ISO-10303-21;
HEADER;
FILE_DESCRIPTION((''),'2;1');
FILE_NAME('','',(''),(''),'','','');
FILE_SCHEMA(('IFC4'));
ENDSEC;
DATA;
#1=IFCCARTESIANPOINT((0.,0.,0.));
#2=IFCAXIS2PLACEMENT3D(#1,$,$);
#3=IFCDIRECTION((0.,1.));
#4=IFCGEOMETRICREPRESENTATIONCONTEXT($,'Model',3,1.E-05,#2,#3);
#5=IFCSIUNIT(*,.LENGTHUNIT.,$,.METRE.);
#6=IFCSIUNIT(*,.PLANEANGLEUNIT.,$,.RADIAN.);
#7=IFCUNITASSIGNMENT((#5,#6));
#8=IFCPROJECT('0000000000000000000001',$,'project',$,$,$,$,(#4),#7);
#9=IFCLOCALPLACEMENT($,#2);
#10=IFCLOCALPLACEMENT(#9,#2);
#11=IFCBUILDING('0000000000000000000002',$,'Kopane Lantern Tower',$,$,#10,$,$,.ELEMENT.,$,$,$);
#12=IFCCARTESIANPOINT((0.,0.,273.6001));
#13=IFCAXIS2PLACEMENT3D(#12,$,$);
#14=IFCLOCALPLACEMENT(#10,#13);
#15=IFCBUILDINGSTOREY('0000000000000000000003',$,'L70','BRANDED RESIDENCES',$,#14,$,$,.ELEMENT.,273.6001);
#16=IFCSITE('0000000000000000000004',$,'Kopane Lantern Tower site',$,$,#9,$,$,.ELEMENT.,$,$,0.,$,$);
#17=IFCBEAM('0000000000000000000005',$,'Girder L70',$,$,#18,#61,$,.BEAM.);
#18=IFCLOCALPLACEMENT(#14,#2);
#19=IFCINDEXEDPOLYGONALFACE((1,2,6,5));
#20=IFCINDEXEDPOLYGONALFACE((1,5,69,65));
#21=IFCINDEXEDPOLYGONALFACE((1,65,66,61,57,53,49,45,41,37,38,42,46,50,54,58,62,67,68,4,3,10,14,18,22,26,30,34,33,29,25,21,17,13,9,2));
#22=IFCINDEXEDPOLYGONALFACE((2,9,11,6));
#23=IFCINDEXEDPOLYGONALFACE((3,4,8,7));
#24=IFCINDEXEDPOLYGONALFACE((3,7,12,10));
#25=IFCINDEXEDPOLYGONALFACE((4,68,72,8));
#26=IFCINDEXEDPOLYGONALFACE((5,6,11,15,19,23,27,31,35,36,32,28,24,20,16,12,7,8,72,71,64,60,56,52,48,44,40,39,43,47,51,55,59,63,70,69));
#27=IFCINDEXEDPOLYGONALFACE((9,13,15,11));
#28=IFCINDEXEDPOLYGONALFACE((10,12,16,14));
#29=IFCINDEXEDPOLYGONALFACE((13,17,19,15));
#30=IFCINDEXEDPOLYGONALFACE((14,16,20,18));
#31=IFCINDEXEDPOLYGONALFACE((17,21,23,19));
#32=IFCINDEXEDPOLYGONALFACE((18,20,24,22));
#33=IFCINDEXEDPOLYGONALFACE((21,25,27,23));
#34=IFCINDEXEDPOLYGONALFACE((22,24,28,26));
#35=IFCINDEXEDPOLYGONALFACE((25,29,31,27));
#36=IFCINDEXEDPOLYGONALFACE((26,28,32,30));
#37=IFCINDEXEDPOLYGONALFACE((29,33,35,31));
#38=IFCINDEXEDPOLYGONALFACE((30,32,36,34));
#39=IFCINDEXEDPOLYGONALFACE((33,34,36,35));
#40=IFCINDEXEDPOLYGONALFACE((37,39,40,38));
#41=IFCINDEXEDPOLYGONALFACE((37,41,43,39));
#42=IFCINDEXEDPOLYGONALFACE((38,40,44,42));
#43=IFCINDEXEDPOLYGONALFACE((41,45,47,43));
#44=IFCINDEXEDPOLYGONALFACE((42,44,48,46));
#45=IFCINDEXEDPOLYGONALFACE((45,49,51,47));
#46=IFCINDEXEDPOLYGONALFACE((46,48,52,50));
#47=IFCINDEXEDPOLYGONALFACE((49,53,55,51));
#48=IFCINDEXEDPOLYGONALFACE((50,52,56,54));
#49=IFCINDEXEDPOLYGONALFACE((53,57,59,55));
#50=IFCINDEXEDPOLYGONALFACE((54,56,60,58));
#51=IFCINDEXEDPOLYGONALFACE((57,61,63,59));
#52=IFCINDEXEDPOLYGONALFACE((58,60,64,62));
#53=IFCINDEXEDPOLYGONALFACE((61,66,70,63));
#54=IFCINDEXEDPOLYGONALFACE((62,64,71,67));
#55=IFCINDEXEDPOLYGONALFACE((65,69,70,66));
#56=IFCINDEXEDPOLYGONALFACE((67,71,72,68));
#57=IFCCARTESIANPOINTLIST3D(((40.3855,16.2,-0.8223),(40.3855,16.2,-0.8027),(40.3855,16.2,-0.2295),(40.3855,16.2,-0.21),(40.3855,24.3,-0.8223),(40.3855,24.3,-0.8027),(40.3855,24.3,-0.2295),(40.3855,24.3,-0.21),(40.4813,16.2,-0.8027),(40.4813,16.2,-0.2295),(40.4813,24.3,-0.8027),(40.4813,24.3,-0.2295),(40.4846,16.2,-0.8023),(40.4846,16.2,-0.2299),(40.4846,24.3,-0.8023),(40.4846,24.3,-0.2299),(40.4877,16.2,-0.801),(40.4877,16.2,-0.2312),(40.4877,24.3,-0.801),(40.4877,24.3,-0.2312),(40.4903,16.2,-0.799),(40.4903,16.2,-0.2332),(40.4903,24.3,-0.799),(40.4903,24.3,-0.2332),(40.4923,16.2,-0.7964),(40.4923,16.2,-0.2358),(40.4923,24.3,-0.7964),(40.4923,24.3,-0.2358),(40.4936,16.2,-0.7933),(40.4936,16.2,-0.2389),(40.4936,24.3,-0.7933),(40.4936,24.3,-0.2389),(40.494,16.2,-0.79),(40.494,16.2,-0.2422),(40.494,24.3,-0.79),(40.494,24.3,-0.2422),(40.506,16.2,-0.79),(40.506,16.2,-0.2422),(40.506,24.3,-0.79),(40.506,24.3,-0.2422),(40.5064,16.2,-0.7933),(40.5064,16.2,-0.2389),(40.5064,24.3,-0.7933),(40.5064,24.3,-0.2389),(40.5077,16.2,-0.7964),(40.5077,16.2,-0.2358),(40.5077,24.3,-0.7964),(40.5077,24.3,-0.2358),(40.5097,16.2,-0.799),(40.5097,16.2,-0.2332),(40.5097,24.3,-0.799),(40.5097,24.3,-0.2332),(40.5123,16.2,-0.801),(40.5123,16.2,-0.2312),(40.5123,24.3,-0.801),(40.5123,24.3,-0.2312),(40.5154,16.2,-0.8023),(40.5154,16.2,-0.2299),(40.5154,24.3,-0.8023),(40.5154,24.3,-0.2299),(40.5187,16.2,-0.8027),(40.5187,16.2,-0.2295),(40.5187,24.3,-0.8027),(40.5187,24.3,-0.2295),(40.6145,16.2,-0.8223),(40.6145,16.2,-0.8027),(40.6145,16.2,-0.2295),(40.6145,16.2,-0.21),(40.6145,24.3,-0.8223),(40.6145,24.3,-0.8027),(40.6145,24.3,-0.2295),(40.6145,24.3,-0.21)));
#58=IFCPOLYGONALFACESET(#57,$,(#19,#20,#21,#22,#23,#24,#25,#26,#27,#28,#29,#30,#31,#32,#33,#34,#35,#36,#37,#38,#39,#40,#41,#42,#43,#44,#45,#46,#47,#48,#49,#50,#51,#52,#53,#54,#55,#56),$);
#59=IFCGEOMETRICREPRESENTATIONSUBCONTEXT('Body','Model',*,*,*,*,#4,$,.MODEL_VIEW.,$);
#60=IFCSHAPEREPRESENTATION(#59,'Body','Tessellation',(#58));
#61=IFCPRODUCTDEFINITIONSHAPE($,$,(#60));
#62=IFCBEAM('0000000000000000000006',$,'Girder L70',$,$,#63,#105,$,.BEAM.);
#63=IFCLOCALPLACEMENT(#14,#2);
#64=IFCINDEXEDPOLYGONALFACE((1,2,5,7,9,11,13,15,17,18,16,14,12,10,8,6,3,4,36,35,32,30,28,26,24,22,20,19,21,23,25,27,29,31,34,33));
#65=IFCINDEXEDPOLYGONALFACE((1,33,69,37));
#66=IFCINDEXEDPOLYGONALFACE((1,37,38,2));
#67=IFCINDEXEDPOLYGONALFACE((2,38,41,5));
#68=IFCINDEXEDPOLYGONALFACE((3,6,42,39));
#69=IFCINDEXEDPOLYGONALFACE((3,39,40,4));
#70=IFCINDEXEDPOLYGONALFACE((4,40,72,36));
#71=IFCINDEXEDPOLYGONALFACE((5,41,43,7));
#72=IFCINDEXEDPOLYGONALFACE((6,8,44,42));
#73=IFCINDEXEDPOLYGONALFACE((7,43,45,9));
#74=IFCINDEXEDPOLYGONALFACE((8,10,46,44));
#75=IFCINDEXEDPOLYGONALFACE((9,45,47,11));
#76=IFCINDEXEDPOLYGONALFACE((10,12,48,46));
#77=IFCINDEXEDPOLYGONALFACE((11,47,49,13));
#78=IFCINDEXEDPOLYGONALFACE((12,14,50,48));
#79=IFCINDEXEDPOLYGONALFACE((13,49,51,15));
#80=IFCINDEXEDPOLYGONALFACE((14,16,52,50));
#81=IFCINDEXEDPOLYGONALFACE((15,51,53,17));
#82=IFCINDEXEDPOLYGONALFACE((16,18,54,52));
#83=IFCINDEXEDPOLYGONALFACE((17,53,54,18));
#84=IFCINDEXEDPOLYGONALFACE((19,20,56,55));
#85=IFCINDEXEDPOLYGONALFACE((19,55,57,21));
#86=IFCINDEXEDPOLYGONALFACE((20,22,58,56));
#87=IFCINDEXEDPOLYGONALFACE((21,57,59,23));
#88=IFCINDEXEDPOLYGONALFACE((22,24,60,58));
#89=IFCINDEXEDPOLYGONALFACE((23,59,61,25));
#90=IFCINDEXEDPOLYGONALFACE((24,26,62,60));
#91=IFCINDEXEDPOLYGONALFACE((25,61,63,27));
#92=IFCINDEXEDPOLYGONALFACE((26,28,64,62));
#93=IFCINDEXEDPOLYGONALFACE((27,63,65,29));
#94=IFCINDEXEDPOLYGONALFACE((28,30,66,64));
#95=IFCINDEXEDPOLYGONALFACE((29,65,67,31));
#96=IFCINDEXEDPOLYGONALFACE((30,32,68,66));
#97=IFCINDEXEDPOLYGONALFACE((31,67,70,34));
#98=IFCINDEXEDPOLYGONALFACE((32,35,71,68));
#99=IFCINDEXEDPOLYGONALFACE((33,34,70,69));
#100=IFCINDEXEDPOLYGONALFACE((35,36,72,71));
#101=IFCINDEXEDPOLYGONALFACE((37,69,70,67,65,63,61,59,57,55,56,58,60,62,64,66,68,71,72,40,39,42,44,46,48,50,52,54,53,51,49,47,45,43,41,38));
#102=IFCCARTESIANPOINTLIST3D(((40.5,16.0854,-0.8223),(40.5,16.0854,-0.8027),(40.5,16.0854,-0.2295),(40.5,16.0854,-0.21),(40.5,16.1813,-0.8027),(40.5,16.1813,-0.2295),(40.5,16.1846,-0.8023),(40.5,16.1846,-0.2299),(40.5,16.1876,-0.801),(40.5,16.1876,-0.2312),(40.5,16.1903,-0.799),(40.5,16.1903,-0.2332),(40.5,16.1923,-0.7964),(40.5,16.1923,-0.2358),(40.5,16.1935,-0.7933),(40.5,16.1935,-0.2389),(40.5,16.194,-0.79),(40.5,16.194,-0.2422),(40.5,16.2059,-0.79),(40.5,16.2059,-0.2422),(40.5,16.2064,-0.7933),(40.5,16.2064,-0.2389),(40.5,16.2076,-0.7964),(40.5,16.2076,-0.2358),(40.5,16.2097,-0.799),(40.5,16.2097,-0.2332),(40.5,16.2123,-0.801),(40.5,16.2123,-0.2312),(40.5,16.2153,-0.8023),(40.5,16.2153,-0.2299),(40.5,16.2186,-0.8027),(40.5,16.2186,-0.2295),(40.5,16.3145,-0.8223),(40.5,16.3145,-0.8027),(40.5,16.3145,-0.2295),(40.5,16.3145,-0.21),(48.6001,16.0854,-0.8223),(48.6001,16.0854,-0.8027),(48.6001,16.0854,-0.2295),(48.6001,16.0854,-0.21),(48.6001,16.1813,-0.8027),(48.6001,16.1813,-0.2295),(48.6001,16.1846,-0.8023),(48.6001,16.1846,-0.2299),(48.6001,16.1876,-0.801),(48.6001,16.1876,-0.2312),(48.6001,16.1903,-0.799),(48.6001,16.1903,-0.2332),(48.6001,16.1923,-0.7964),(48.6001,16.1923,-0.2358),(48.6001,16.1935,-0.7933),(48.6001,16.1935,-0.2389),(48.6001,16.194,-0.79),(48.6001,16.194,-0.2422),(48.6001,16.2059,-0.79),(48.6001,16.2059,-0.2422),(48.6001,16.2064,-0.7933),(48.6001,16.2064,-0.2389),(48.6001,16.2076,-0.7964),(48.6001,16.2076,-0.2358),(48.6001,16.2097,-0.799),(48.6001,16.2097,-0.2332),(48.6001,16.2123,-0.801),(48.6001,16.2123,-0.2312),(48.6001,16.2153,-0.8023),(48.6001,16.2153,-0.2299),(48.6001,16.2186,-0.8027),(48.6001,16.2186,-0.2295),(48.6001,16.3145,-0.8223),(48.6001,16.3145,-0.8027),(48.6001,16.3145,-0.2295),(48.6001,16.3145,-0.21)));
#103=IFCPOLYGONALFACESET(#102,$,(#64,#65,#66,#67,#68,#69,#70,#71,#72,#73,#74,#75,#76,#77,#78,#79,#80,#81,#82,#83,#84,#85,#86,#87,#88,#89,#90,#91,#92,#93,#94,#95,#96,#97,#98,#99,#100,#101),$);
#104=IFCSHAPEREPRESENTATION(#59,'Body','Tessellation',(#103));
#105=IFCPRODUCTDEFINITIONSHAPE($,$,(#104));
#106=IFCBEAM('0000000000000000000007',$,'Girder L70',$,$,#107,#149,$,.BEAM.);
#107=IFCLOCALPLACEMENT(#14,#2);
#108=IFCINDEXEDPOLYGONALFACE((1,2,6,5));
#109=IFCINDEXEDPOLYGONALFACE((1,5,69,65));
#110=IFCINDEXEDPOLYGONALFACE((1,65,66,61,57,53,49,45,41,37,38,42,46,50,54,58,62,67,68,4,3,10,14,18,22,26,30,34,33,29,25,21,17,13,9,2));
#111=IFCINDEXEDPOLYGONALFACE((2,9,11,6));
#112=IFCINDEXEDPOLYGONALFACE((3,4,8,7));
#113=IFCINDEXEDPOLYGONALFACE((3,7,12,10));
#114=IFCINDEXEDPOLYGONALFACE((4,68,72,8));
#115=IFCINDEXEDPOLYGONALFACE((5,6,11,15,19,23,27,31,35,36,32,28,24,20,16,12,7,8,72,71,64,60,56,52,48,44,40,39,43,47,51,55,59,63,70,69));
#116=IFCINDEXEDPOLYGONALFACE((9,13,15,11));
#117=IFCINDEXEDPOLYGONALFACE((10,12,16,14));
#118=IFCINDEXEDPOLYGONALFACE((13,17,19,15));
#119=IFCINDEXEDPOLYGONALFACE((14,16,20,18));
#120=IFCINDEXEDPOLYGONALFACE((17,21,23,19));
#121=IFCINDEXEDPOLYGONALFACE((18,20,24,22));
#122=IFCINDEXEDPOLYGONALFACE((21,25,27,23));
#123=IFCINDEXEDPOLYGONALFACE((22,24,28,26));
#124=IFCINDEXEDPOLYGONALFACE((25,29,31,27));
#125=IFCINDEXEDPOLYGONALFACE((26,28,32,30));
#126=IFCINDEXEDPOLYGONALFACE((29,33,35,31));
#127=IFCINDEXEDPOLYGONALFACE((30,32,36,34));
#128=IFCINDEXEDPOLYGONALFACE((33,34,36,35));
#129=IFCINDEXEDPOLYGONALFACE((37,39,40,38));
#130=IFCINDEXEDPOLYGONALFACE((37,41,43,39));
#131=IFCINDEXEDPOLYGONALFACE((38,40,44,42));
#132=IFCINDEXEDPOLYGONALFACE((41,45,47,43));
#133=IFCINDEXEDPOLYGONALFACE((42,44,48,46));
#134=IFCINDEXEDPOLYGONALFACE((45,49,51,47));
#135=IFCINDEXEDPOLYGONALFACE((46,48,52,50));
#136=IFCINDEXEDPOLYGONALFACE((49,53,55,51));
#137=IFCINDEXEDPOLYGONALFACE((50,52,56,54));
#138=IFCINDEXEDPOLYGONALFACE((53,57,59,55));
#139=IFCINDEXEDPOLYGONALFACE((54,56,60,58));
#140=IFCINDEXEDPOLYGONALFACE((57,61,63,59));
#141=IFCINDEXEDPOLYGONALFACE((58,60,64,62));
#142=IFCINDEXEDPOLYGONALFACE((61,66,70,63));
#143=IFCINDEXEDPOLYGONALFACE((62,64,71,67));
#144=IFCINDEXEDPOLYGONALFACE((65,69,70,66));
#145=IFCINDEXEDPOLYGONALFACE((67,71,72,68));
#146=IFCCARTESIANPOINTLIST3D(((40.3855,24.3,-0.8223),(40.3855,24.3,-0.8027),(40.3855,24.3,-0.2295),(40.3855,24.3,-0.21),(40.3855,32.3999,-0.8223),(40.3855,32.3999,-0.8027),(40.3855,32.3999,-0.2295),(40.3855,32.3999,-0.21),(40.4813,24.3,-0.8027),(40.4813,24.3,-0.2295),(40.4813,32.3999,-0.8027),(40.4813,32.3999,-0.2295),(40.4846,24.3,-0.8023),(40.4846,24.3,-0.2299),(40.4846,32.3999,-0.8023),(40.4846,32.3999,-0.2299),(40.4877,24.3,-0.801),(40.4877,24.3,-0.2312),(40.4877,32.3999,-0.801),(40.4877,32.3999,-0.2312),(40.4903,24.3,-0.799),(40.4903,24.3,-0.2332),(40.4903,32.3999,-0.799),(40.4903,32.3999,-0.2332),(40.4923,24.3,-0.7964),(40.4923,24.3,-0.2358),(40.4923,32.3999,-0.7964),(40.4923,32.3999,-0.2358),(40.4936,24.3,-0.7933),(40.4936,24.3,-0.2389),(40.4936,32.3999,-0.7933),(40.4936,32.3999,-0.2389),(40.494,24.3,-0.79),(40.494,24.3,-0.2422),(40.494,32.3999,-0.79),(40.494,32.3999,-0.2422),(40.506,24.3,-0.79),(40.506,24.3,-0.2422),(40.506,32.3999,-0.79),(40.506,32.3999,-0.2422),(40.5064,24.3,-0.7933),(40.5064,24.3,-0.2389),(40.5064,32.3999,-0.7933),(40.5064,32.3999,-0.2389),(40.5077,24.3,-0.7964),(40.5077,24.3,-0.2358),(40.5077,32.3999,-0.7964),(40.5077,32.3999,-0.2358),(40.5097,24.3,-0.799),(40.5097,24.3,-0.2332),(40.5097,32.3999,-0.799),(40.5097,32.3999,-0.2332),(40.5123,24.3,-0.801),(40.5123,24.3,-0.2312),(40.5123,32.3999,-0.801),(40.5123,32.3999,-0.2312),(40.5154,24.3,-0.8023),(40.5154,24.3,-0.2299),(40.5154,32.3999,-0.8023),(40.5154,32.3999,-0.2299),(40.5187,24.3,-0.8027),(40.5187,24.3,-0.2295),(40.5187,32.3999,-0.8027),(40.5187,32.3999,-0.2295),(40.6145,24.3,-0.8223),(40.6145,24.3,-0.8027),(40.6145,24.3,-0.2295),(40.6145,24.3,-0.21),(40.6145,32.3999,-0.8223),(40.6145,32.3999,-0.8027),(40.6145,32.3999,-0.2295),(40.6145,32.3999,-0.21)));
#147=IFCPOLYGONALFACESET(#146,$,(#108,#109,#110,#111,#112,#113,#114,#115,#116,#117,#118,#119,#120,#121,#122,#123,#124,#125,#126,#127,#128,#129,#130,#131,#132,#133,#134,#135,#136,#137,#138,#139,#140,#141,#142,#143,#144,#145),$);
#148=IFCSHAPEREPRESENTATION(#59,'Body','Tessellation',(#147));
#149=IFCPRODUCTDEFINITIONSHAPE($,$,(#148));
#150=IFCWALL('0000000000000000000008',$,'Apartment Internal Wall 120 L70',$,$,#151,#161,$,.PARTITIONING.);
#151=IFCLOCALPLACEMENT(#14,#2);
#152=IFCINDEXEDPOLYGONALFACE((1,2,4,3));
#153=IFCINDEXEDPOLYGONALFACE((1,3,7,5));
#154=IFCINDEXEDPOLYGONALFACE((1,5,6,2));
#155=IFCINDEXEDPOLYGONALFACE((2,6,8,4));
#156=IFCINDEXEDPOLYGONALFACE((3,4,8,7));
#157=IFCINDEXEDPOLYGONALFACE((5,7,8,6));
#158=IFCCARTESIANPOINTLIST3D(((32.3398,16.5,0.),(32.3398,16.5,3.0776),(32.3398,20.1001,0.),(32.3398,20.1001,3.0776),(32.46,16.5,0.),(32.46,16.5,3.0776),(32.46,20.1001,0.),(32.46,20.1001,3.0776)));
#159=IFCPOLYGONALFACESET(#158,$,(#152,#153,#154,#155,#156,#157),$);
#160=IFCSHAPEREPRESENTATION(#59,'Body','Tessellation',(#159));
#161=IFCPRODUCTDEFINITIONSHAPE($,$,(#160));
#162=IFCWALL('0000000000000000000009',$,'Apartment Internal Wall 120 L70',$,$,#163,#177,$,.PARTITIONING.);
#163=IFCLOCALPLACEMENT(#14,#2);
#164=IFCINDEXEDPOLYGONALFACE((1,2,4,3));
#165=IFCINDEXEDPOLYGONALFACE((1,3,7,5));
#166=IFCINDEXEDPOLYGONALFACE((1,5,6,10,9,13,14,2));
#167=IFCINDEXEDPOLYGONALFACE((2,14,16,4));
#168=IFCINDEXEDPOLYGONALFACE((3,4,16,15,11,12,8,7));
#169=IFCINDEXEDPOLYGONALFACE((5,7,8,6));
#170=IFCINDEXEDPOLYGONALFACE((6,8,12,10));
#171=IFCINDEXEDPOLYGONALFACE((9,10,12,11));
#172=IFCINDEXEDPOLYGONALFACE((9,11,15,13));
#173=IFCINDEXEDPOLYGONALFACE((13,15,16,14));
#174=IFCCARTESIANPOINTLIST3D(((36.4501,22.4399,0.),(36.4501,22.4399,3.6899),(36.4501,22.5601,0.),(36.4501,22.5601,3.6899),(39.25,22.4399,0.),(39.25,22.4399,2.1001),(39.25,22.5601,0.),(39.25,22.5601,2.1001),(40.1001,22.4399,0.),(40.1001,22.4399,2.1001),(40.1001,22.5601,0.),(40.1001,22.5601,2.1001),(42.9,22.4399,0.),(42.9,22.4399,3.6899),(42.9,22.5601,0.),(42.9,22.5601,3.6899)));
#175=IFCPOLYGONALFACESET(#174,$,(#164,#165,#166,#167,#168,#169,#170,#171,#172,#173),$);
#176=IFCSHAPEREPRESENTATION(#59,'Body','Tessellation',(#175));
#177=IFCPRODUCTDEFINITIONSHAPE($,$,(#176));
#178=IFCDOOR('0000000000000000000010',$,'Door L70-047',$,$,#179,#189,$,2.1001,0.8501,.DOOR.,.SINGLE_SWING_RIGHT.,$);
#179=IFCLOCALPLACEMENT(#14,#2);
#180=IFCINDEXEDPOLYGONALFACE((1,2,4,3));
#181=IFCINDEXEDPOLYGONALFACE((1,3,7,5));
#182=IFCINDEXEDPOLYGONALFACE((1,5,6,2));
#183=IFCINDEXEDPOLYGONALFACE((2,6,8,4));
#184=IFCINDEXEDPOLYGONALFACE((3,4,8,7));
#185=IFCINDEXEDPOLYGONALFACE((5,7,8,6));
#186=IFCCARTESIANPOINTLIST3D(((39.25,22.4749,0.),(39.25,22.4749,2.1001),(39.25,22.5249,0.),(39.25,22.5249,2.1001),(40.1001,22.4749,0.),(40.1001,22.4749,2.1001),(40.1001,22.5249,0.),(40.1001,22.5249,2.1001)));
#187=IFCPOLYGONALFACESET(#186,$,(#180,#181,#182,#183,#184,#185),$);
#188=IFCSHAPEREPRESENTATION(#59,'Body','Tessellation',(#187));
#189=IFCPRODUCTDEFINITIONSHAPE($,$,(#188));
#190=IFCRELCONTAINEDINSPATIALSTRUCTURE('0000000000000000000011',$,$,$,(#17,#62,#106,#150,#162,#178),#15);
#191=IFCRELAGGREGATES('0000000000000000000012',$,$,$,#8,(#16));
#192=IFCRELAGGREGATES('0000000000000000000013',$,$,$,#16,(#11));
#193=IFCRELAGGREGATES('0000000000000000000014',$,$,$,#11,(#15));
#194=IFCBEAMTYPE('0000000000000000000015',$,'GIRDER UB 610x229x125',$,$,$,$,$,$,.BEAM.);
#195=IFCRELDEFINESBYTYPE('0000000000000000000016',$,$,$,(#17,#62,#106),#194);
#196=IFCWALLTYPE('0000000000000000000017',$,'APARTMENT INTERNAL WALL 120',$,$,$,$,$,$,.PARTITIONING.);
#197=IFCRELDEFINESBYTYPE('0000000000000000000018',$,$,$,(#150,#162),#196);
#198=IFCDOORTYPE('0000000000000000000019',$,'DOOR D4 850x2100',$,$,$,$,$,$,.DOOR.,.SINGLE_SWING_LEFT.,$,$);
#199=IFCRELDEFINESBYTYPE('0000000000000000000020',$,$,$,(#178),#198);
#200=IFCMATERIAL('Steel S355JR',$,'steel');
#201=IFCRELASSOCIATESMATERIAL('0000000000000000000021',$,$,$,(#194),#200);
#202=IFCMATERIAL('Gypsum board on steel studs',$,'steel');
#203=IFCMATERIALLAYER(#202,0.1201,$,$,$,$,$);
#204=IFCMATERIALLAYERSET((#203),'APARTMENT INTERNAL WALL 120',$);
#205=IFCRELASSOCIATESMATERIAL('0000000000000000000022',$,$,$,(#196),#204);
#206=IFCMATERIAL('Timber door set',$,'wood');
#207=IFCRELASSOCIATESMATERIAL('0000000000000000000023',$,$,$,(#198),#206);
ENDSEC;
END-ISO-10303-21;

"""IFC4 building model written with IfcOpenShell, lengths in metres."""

from ifc_helpers import new_model, si_unit, direction, frame, frame_2d, origin, origin_2d, place, context, subcontext, project, spatial, rectangle, i_section, extrude, material, layer, layer_set, material_profile, profile_set, type_object, element, fill, save


model = new_model("IFC4")

# Units and contexts
model_context = context("Model", 3, precision=1e-05, world=origin(), true_north=direction((0.0, 1.0)))
body_context = subcontext(model_context, "Body", "Model", "MODEL_VIEW")
ifc_project = project(units=[si_unit("LENGTHUNIT", "METRE"), si_unit("PLANEANGLEUNIT", "RADIAN")], contexts=[model_context])

# Site, building, storey
site_placement = place(None, origin())
site = spatial("IfcSite", under=ifc_project, at=site_placement, Name="Kopane Lantern Tower site", CompositionType="ELEMENT", RefElevation=0.0)
building_placement = place(site_placement, origin())
building = spatial("IfcBuilding", under=site, at=building_placement, Name="Kopane Lantern Tower", CompositionType="ELEMENT")
storey_placement = place(building_placement, frame((0.0, 0.0, 273.6001)))
storey = spatial("IfcBuildingStorey", under=building, at=storey_placement, Name="L70", Description="BRANDED RESIDENCES", CompositionType="ELEMENT", Elevation=273.6001)

# Beams
ifc_material_1 = material(Name="Steel S355JR", Category="steel")
ifc_material_profile_1 = material_profile(ifc_material_1, i_section(OverallWidth=0.229, OverallDepth=0.6123, WebThickness=0.012, FlangeThickness=0.0195, FilletRadius=0.0127, at=origin_2d()), Name="UB 610x229x125")
ifc_profile_set_1 = profile_set([ifc_material_profile_1], Name="Steel S355JR")
beam_type_1 = type_object("IfcBeamType", Name="GIRDER UB 610x229x125", PredefinedType="BEAM", material=ifc_profile_set_1)
for number, where, z_axis, x_axis, name in (
    (1, (40.5, 16.2, -0.5161), (0.0, 1.0, 0.0), (-1.0, 0.0, 0.0), "Girder L70"),
    (2, (40.5, 16.2, -0.5161), (1.0, 0.0, 0.0), (0.0, 1.0, 0.0), "Girder L70"),
):
    element("IfcBeam", number, at=place(storey_placement, frame(where, z_axis=z_axis, x_axis=x_axis)), inside=storey, type_object=beam_type_1, Name=name, PredefinedType="BEAM", context=body_context, shape_type="SweptSolid", body=[
        extrude(i_section(OverallWidth=0.229, OverallDepth=0.6123, WebThickness=0.012, FlangeThickness=0.0195, FilletRadius=0.0127, at=origin_2d()), origin(), (0.0, 0.0, 1.0), 8.1001),
    ])
beam_1_placement = place(storey_placement, frame((40.5, 24.3, -0.5161), z_axis=(0.0, 1.0, 0.0), x_axis=(-1.0, 0.0, 0.0)))
element("IfcBeam", 3, at=beam_1_placement, inside=storey, type_object=beam_type_1, Name="Girder L70", PredefinedType="BEAM", context=body_context, shape_type="SweptSolid", body=[
    extrude(i_section(OverallWidth=0.229, OverallDepth=0.6123, WebThickness=0.012, FlangeThickness=0.0195, FilletRadius=0.0127, at=origin_2d()), origin(), (0.0, 0.0, 1.0), 8.0999),
])

# Wall
ifc_material_2 = material(Name="Gypsum board on steel studs", Category="steel")
ifc_layer_1 = layer(ifc_material_2, 0.1201)
ifc_layer_set_1 = layer_set([ifc_layer_1], Name="APARTMENT INTERNAL WALL 120")
wall_type_1 = type_object("IfcWallType", Name="APARTMENT INTERNAL WALL 120", PredefinedType="PARTITIONING", material=ifc_layer_set_1)
wall_1_placement = place(storey_placement, frame((32.3999, 20.1001, 0.0), z_axis=(0.0, 0.0, 1.0), x_axis=(0.0, -1.0, 0.0)))
element("IfcWall", 4, at=wall_1_placement, inside=storey, type_object=wall_type_1, Name="Apartment Internal Wall 120 L70", PredefinedType="PARTITIONING", context=body_context, shape_type="SweptSolid", body=[
    extrude(rectangle(XDim=3.6001, YDim=0.1201, at=frame_2d((1.8, 0.0))), origin(), (0.0, 0.0, 1.0), 3.0776),
])

# Wall, opening, door
wall_2_placement = place(storey_placement, frame((36.45, 22.5, 0.0), z_axis=(0.0, 0.0, 1.0), x_axis=(1.0, 0.0, 0.0)))
wall_2 = element("IfcWall", 5, at=wall_2_placement, inside=storey, type_object=wall_type_1, Name="Apartment Internal Wall 120 L70", PredefinedType="PARTITIONING", context=body_context, shape_type="SweptSolid", body=[
    extrude(rectangle(XDim=6.45, YDim=0.1201, at=frame_2d((3.2251, 0.0))), origin(), (0.0, 0.0, 1.0), 3.6899),
])
opening_1_placement = place(wall_2_placement, frame((2.8, 0.0, 0.0)))
opening_1 = element("IfcOpeningElement", 6, at=opening_1_placement, cuts=wall_2, PredefinedType="OPENING", context=body_context, shape_type="SweptSolid", body=[
    extrude(rectangle(XDim=0.8501, YDim=2.1001, at=frame_2d((0.425, 1.05))), frame((0.0, 0.0701, 0.0), z_axis=(0.0, -1.0, 0.0), x_axis=(1.0, 0.0, 0.0)), (0.0, 0.0, 1.0), 0.1401),
])
ifc_material_3 = material(Name="Timber door set", Category="wood")
door_type_1 = type_object("IfcDoorType", Name="DOOR D4 850x2100", OperationType="SINGLE_SWING_LEFT", PredefinedType="DOOR", material=ifc_material_3)
door_1_placement = place(opening_1_placement, origin())
door_1 = element("IfcDoor", 7, at=door_1_placement, inside=storey, type_object=door_type_1, Name="Door L70-047", OperationType="SINGLE_SWING_RIGHT", OverallHeight=2.1001, OverallWidth=0.8501, PredefinedType="DOOR", context=body_context, shape_type="SweptSolid", body=[
    extrude(rectangle(XDim=0.8501, YDim=2.1001, at=frame_2d((0.425, 1.05))), frame((0.0, 0.0249, 0.0), z_axis=(0.0, -1.0, 0.0), x_axis=(1.0, 0.0, 0.0)), (0.0, 0.0, 1.0), 0.05),
])
fill(opening_1, door_1)

save(model, "model.ifc")
